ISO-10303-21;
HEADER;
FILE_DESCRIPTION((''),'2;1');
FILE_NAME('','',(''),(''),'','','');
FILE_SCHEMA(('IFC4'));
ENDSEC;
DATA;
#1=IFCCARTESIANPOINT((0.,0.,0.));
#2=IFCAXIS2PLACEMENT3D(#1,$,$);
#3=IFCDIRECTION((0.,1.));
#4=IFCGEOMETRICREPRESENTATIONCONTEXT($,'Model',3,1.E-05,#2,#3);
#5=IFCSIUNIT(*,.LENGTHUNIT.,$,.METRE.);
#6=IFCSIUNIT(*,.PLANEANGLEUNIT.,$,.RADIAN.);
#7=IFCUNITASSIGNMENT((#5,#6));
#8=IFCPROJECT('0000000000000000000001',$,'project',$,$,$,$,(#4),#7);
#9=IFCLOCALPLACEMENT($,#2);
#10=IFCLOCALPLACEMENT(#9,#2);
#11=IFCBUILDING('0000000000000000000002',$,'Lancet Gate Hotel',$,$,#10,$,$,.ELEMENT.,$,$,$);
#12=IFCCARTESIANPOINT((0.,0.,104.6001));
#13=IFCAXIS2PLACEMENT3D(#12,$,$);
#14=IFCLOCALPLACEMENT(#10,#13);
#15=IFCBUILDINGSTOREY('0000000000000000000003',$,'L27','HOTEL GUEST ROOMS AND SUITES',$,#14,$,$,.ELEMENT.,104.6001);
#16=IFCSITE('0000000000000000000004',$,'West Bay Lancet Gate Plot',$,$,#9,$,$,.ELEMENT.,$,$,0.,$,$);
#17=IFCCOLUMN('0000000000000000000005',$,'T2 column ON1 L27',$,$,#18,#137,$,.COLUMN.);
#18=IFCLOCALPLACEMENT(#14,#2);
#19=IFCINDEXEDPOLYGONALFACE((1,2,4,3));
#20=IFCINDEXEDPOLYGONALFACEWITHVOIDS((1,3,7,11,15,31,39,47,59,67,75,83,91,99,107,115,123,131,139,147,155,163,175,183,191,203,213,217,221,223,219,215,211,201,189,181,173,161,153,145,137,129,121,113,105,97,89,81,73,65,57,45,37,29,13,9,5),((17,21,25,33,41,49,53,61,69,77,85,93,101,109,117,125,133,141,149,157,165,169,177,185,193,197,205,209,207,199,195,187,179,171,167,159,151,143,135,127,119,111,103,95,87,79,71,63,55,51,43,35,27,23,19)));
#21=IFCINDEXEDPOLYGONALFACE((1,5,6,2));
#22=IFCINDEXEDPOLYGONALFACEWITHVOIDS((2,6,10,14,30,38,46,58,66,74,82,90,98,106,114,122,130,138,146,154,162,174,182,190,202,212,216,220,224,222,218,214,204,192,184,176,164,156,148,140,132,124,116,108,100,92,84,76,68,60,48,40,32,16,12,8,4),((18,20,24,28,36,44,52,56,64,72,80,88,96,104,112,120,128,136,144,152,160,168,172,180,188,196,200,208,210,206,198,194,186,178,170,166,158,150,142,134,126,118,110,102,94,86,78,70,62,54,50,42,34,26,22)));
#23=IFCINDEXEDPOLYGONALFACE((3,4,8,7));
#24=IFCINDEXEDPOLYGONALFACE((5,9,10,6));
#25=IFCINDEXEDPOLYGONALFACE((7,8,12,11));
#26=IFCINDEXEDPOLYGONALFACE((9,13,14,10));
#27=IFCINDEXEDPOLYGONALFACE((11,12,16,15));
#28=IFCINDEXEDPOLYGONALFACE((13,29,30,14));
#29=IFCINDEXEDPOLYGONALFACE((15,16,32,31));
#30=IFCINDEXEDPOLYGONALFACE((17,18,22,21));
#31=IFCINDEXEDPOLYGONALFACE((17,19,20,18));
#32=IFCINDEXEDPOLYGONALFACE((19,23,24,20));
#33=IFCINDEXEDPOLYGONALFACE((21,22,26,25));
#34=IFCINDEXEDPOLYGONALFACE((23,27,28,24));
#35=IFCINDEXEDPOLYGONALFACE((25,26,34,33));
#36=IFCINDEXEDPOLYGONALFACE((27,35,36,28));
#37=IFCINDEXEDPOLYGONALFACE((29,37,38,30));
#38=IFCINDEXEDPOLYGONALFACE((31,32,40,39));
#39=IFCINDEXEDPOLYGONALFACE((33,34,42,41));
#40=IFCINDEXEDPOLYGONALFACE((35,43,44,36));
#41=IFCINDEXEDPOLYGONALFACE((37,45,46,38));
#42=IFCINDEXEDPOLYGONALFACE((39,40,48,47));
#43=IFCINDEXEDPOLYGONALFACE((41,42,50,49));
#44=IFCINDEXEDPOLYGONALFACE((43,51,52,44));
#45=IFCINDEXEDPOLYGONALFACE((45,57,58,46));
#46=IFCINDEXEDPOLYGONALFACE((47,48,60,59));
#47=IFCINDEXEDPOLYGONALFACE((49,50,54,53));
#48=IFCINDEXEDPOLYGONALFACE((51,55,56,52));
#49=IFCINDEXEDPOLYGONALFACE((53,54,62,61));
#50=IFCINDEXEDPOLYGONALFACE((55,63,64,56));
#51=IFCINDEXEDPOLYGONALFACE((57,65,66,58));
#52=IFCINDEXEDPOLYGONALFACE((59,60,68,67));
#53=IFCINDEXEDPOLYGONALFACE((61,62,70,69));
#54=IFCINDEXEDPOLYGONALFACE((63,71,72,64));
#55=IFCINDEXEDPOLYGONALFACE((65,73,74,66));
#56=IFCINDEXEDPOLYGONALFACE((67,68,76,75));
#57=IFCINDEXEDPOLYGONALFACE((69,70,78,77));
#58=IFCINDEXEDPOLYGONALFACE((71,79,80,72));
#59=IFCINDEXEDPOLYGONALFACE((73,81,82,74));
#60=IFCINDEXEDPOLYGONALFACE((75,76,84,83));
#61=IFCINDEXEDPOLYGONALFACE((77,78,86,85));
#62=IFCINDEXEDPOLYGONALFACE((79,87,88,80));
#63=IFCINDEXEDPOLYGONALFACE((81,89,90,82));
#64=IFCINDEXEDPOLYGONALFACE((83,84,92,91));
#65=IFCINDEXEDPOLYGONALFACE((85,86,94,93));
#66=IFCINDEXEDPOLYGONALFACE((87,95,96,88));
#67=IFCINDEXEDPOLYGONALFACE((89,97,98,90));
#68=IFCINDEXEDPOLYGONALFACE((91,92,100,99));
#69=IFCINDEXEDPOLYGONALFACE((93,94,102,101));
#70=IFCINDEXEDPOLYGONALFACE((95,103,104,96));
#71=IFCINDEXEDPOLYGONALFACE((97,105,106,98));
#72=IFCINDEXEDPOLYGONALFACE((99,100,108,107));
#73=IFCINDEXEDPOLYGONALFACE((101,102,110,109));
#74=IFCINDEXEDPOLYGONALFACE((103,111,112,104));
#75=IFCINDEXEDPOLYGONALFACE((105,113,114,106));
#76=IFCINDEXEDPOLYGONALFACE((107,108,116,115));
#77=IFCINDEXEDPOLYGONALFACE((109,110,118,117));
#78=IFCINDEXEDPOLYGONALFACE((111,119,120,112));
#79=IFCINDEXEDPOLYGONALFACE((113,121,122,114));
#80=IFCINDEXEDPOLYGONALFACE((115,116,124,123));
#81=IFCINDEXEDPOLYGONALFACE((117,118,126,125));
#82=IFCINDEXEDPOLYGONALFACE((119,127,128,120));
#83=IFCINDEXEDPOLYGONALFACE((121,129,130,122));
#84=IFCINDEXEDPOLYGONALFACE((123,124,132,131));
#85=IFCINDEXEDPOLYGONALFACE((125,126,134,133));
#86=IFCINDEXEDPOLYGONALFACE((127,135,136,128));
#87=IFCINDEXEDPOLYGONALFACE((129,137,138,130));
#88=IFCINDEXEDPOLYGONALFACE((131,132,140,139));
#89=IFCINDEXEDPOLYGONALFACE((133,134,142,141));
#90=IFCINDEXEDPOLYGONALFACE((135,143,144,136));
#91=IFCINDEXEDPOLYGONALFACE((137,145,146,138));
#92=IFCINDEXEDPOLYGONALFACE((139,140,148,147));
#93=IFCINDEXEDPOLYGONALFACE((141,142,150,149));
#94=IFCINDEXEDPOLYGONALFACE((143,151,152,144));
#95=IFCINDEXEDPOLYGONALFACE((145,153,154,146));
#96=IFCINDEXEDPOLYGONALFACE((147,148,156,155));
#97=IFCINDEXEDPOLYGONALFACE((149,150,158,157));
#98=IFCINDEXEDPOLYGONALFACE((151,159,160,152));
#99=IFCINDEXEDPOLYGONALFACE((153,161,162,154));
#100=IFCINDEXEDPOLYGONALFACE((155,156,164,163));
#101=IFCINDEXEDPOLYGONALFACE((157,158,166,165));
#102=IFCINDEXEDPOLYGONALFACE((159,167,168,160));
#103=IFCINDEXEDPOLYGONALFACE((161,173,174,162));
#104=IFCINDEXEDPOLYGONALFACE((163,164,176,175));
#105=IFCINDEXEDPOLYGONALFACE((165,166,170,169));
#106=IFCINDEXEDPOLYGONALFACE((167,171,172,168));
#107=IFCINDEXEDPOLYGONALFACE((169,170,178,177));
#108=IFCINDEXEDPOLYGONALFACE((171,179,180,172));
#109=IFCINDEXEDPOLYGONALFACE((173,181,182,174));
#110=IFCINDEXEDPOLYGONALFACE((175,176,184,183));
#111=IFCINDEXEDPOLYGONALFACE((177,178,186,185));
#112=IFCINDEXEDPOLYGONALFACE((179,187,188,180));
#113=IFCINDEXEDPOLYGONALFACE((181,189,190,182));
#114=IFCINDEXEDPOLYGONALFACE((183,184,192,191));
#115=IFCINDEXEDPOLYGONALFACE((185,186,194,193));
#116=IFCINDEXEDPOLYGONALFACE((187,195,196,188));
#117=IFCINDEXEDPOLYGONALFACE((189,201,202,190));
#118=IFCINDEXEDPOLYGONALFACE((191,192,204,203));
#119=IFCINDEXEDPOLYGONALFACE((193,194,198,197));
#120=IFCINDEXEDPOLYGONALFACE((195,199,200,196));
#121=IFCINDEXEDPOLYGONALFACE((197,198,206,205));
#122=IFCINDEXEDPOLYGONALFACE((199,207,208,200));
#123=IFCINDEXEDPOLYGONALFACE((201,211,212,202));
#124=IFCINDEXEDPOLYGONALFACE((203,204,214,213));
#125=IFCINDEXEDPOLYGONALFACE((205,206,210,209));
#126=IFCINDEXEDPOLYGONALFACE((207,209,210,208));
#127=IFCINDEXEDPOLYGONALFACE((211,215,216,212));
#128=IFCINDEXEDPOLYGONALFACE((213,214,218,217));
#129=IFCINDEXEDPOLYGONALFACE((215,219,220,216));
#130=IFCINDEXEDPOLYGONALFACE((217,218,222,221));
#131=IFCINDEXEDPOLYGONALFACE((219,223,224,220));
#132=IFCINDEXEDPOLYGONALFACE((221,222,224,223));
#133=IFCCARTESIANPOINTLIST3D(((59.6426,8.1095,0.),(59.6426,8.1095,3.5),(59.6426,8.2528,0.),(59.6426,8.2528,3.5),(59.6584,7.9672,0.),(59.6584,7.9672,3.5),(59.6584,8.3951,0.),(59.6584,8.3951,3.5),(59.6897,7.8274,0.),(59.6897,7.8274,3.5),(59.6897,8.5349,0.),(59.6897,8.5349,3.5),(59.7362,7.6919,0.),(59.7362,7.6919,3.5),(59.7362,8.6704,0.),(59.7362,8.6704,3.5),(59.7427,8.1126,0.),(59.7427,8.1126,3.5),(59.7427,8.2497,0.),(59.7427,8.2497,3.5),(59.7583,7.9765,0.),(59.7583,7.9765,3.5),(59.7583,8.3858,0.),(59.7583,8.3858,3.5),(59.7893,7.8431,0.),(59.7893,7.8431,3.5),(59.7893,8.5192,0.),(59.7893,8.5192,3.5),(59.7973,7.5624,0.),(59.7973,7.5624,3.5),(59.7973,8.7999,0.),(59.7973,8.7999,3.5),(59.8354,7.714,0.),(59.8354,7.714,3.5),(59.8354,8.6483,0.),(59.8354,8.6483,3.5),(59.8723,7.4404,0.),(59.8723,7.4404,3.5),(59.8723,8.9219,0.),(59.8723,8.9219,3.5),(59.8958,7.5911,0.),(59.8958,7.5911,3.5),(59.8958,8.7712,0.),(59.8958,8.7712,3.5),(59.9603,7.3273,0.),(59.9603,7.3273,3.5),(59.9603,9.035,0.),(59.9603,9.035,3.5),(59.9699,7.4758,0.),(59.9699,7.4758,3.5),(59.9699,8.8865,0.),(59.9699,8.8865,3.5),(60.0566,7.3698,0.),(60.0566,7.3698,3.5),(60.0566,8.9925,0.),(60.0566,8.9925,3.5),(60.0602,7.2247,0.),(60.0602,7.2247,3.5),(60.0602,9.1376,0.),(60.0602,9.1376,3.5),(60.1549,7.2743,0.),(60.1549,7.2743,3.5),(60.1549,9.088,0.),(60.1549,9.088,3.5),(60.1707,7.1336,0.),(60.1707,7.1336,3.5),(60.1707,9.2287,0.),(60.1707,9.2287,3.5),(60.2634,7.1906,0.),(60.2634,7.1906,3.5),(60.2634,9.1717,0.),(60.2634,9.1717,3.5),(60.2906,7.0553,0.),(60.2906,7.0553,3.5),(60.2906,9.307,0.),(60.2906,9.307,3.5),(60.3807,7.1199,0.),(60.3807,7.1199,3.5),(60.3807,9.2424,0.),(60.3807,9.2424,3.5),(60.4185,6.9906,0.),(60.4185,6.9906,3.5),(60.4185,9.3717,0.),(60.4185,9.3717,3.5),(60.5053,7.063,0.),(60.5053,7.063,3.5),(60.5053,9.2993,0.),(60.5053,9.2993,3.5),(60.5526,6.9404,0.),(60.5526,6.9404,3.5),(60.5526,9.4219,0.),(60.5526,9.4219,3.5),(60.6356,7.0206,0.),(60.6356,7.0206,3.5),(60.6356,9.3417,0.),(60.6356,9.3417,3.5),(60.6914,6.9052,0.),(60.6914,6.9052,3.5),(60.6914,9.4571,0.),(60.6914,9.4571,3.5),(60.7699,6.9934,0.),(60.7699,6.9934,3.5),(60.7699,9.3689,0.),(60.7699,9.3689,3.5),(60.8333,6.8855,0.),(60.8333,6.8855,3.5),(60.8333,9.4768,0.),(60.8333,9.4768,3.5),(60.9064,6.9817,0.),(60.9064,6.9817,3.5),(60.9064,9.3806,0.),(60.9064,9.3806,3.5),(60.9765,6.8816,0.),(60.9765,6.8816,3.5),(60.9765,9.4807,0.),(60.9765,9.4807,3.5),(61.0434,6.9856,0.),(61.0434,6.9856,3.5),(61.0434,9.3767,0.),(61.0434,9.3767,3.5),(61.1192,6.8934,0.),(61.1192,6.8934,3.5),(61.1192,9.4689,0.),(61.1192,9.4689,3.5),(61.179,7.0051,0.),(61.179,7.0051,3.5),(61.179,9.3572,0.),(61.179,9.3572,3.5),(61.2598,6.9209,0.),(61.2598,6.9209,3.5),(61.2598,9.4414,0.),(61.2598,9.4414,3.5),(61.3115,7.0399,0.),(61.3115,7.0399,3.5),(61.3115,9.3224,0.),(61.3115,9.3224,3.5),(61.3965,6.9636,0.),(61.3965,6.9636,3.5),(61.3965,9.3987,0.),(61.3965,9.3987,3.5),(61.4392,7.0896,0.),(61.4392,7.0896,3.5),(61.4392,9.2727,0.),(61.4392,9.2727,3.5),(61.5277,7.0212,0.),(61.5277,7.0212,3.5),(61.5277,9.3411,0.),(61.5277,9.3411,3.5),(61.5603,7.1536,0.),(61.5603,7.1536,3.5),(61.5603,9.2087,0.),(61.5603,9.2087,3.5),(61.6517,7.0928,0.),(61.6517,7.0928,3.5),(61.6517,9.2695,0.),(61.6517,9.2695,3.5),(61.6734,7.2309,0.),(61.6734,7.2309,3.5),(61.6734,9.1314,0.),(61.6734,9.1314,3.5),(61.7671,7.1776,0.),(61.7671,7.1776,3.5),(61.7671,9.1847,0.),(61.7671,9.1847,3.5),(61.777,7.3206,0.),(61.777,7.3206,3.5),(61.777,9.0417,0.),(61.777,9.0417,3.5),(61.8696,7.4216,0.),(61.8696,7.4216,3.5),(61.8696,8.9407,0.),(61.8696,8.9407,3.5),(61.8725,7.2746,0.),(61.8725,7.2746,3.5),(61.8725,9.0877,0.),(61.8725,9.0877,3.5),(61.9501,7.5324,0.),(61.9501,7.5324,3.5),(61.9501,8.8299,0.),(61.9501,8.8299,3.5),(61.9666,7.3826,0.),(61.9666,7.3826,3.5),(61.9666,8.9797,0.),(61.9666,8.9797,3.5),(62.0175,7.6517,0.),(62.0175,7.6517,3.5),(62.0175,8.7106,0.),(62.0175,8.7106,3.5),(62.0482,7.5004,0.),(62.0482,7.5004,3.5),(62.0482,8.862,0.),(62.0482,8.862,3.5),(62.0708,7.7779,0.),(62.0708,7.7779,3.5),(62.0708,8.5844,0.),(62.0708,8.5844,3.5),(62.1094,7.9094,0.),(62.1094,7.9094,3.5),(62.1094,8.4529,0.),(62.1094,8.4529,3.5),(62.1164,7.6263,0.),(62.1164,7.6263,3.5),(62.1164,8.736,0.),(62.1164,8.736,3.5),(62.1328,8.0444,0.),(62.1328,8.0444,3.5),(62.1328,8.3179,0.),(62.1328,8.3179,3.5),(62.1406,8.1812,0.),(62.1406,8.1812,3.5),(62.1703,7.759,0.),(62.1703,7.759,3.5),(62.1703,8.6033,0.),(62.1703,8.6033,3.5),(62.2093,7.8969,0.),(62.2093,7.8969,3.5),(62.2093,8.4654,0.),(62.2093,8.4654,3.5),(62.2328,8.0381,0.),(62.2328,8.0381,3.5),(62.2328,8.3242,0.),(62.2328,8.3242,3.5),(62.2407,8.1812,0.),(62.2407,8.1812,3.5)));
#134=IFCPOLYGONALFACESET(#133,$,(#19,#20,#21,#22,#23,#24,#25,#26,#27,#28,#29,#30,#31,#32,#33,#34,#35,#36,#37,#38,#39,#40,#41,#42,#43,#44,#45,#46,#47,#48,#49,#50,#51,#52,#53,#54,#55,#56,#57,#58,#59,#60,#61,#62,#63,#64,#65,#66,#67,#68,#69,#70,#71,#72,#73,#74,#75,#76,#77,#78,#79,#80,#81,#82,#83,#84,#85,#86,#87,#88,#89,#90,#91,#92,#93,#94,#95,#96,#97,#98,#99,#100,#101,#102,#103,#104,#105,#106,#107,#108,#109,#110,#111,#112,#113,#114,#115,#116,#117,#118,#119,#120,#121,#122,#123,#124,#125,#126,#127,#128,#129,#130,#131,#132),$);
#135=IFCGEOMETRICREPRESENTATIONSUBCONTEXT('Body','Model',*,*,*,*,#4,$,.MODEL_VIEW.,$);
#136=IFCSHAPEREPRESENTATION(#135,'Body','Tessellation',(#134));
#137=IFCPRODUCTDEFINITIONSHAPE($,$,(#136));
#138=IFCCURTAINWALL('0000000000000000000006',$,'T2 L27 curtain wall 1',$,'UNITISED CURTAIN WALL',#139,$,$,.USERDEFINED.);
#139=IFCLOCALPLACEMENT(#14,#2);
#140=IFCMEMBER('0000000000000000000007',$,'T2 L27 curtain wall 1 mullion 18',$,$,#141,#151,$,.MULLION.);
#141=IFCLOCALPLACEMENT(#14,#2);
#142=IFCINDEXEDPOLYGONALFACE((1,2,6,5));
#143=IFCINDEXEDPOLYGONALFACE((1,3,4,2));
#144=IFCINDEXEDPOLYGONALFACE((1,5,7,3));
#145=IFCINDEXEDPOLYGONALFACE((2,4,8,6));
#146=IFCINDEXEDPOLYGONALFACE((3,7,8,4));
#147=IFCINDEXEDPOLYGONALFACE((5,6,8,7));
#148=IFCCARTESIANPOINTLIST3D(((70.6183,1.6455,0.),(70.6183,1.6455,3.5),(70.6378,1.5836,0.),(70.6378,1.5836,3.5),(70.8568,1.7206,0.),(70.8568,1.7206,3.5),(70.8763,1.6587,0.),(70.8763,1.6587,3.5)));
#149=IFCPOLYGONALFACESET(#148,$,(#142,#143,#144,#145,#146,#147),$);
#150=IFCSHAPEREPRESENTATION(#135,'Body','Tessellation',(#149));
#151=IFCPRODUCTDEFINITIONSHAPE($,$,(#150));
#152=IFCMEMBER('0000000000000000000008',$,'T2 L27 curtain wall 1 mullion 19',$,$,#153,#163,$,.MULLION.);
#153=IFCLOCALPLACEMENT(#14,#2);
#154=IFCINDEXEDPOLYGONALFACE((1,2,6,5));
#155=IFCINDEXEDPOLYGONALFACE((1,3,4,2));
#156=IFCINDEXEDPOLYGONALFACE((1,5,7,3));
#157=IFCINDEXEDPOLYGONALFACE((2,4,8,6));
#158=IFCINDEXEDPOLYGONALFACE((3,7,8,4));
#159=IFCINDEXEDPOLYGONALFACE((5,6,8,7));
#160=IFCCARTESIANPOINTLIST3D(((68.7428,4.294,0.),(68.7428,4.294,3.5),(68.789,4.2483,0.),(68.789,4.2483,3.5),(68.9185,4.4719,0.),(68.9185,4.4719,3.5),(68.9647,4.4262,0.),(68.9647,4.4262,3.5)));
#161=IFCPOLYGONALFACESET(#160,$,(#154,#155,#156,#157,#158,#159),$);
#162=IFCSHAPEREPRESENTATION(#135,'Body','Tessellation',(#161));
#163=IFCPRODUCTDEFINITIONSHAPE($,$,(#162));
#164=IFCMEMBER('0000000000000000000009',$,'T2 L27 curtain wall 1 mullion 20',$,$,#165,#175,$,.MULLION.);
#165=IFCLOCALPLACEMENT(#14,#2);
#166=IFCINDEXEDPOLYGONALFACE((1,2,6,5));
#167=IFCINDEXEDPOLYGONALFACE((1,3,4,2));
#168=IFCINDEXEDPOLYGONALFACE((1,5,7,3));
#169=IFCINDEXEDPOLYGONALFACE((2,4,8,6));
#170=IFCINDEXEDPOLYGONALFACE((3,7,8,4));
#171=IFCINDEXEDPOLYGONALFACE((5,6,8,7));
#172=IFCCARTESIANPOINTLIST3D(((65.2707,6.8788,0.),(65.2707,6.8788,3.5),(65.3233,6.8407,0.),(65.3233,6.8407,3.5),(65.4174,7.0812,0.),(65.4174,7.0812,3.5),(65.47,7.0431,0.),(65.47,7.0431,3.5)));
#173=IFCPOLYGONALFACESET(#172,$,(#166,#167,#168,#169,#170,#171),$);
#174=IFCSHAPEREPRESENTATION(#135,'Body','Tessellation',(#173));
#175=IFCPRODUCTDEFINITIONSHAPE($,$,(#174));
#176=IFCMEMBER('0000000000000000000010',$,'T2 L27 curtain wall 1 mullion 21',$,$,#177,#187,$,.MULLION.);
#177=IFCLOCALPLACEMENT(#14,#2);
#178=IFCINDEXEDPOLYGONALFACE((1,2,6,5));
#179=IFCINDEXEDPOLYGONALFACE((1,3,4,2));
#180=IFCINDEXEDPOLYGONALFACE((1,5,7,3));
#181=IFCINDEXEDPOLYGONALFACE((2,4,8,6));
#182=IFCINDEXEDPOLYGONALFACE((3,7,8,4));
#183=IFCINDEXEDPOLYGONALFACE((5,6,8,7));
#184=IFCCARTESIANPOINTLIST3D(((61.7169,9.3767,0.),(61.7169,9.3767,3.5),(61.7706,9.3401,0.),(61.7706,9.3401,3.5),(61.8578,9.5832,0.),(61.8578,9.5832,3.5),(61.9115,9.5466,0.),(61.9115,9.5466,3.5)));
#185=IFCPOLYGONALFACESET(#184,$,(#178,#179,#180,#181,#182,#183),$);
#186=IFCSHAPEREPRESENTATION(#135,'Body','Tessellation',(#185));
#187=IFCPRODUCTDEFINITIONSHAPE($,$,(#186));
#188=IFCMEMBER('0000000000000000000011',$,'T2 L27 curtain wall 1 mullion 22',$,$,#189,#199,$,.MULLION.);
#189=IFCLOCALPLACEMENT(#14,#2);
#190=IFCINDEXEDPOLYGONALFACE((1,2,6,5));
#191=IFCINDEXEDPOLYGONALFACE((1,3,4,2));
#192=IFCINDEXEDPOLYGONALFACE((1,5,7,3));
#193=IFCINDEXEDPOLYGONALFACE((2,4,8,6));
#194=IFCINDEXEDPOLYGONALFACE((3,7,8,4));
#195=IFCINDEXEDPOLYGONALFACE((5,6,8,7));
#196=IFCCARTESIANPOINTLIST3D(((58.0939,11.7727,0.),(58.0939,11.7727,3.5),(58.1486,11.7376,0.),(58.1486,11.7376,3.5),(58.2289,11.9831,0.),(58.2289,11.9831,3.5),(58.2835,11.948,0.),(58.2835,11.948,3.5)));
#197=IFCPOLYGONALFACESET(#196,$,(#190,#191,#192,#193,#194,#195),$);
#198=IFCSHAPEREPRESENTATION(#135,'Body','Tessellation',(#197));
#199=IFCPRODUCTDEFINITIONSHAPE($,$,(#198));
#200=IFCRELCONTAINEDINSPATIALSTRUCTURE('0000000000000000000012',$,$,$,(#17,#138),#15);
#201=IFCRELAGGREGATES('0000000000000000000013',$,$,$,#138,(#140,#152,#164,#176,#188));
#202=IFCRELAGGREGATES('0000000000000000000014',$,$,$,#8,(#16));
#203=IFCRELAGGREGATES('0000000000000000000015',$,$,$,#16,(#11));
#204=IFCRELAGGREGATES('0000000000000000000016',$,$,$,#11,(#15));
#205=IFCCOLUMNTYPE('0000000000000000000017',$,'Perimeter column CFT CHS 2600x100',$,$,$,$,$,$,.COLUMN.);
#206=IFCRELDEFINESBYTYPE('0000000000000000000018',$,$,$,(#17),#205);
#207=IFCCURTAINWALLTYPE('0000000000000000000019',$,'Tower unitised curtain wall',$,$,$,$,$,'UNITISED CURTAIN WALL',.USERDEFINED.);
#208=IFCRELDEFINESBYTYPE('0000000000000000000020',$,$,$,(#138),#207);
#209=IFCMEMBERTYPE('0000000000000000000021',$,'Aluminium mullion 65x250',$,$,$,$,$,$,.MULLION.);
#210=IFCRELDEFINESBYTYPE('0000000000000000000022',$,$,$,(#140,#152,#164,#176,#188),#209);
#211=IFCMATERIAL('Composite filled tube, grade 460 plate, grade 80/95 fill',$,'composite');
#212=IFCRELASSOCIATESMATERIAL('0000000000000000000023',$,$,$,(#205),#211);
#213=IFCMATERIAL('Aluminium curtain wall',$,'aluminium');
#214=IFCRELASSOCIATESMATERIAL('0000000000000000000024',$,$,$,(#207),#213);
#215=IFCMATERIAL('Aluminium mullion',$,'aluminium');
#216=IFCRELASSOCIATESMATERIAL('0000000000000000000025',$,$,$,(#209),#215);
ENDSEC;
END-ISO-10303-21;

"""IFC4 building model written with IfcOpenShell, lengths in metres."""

from ifc_helpers import new_model, si_unit, direction, frame, origin, origin_2d, place, context, subcontext, project, spatial, rectangle, hollow_circle, extrude, material, material_profile, profile_set, type_object, element, aggregate, save


model = new_model("IFC4")

# Units and contexts
model_context = context("Model", 3, precision=1e-05, world=origin(), true_north=direction((0.0, 1.0)))
body_context = subcontext(model_context, "Body", "Model", "MODEL_VIEW")
ifc_project = project(units=[si_unit("LENGTHUNIT", "METRE"), si_unit("PLANEANGLEUNIT", "RADIAN")], contexts=[model_context])

# Site, building, storey
site_placement = place(None, origin())
site = spatial("IfcSite", under=ifc_project, at=site_placement, Name="West Bay Lancet Gate Plot", CompositionType="ELEMENT", RefElevation=0.0)
building_placement = place(site_placement, origin())
building = spatial("IfcBuilding", under=site, at=building_placement, Name="Lancet Gate Hotel", CompositionType="ELEMENT")
storey_placement = place(building_placement, frame((0.0, 0.0, 104.6001)))
storey = spatial("IfcBuildingStorey", under=building, at=storey_placement, Name="L27", Description="HOTEL GUEST ROOMS AND SUITES", CompositionType="ELEMENT", Elevation=104.6001)

# Column
ifc_material_1 = material(Name="Composite filled tube, grade 460 plate, grade 80/95 fill", Category="composite")
ifc_material_profile_1 = material_profile(ifc_material_1, hollow_circle(Radius=1.3, WallThickness=0.1001, at=origin_2d()), Name="CHS 2600x100")
ifc_profile_set_1 = profile_set([ifc_material_profile_1], Name="Composite filled tube, grade 460 plate, grade 80/95 fill")
column_type_1 = type_object("IfcColumnType", Name="Perimeter column CFT CHS 2600x100", PredefinedType="COLUMN", material=ifc_profile_set_1)
column_1_placement = place(storey_placement, frame((60.9407, 8.1812, 0.0), z_axis=(0.0, 0.0, 1.0), x_axis=(1.0, 0.0, 0.0)))
element("IfcColumn", 1, at=column_1_placement, inside=storey, type_object=column_type_1, Name="T2 column ON1 L27", PredefinedType="COLUMN", context=body_context, shape_type="SweptSolid", body=[
    extrude(hollow_circle(Radius=1.3, WallThickness=0.1001, at=origin_2d()), origin(), (0.0, 0.0, 1.0), 3.5),
])

# Curtain wall, members
ifc_material_2 = material(Name="Aluminium curtain wall", Category="aluminium")
curtain_wall_type = type_object("IfcCurtainWallType", Name="Tower unitised curtain wall", ElementType="UNITISED CURTAIN WALL", PredefinedType="USERDEFINED", material=ifc_material_2)
curtain_wall_placement = place(storey_placement, origin())
curtain_wall = element("IfcCurtainWall", 2, at=curtain_wall_placement, inside=storey, type_object=curtain_wall_type, Name="T2 L27 curtain wall 1", ObjectType="UNITISED CURTAIN WALL", PredefinedType="USERDEFINED")
ifc_material_3 = material(Name="Aluminium mullion", Category="aluminium")
ifc_material_profile_2 = material_profile(ifc_material_3, rectangle(XDim=0.0649, YDim=0.25, at=origin_2d()), Name="MULLION 65x250")
ifc_profile_set_2 = profile_set([ifc_material_profile_2], Name="Aluminium mullion")
member_type_1 = type_object("IfcMemberType", Name="Aluminium mullion 65x250", PredefinedType="MULLION", material=ifc_profile_set_2)
member_1_placement = place(storey_placement, frame((70.7473, 1.6521, 0.0), z_axis=(0.0, 0.0, 1.0), x_axis=(-0.300385, 0.953818, 0.0)))
member_1 = element("IfcMember", 3, at=member_1_placement, type_object=member_type_1, Name="T2 L27 curtain wall 1 mullion 18", PredefinedType="MULLION", context=body_context, shape_type="SweptSolid", body=[
    extrude(rectangle(XDim=0.0649, YDim=0.25, at=origin_2d()), origin(), (0.0, 0.0, 1.0), 3.5),
])
member_2_placement = place(storey_placement, frame((68.8538, 4.3601, 0.0), z_axis=(0.0, 0.0, 1.0), x_axis=(-0.71161, 0.702574, 0.0)))
member_2 = element("IfcMember", 4, at=member_2_placement, type_object=member_type_1, Name="T2 L27 curtain wall 1 mullion 19", PredefinedType="MULLION", context=body_context, shape_type="SweptSolid", body=[
    extrude(rectangle(XDim=0.0649, YDim=0.25, at=origin_2d()), origin(), (0.0, 0.0, 1.0), 3.5),
])
member_3_placement = place(storey_placement, frame((65.3704, 6.9609, 0.0), z_axis=(0.0, 0.0, 1.0), x_axis=(-0.809729, 0.586805, 0.0)))
member_3 = element("IfcMember", 5, at=member_3_placement, type_object=member_type_1, Name="T2 L27 curtain wall 1 mullion 20", PredefinedType="MULLION", context=body_context, shape_type="SweptSolid", body=[
    extrude(rectangle(XDim=0.0649, YDim=0.25, at=origin_2d()), origin(), (0.0, 0.0, 1.0), 3.5),
])
member_4_placement = place(storey_placement, frame((61.8142, 9.4617, 0.0), z_axis=(0.0, 0.0, 1.0), x_axis=(-0.826066, 0.563574, 0.0)))
member_4 = element("IfcMember", 6, at=member_4_placement, type_object=member_type_1, Name="T2 L27 curtain wall 1 mullion 21", PredefinedType="MULLION", context=body_context, shape_type="SweptSolid", body=[
    extrude(rectangle(XDim=0.0649, YDim=0.25, at=origin_2d()), origin(), (0.0, 0.0, 1.0), 3.5),
])
member_5_placement = place(storey_placement, frame((58.1887, 11.8604, 0.0), z_axis=(0.0, 0.0, 1.0), x_axis=(-0.841736, 0.539889, 0.0)))
member_5 = element("IfcMember", 7, at=member_5_placement, type_object=member_type_1, Name="T2 L27 curtain wall 1 mullion 22", PredefinedType="MULLION", context=body_context, shape_type="SweptSolid", body=[
    extrude(rectangle(XDim=0.0649, YDim=0.25, at=origin_2d()), origin(), (0.0, 0.0, 1.0), 3.5),
])

aggregate(curtain_wall, [member_1, member_2, member_3, member_4, member_5])

save(model, "model.ifc")
